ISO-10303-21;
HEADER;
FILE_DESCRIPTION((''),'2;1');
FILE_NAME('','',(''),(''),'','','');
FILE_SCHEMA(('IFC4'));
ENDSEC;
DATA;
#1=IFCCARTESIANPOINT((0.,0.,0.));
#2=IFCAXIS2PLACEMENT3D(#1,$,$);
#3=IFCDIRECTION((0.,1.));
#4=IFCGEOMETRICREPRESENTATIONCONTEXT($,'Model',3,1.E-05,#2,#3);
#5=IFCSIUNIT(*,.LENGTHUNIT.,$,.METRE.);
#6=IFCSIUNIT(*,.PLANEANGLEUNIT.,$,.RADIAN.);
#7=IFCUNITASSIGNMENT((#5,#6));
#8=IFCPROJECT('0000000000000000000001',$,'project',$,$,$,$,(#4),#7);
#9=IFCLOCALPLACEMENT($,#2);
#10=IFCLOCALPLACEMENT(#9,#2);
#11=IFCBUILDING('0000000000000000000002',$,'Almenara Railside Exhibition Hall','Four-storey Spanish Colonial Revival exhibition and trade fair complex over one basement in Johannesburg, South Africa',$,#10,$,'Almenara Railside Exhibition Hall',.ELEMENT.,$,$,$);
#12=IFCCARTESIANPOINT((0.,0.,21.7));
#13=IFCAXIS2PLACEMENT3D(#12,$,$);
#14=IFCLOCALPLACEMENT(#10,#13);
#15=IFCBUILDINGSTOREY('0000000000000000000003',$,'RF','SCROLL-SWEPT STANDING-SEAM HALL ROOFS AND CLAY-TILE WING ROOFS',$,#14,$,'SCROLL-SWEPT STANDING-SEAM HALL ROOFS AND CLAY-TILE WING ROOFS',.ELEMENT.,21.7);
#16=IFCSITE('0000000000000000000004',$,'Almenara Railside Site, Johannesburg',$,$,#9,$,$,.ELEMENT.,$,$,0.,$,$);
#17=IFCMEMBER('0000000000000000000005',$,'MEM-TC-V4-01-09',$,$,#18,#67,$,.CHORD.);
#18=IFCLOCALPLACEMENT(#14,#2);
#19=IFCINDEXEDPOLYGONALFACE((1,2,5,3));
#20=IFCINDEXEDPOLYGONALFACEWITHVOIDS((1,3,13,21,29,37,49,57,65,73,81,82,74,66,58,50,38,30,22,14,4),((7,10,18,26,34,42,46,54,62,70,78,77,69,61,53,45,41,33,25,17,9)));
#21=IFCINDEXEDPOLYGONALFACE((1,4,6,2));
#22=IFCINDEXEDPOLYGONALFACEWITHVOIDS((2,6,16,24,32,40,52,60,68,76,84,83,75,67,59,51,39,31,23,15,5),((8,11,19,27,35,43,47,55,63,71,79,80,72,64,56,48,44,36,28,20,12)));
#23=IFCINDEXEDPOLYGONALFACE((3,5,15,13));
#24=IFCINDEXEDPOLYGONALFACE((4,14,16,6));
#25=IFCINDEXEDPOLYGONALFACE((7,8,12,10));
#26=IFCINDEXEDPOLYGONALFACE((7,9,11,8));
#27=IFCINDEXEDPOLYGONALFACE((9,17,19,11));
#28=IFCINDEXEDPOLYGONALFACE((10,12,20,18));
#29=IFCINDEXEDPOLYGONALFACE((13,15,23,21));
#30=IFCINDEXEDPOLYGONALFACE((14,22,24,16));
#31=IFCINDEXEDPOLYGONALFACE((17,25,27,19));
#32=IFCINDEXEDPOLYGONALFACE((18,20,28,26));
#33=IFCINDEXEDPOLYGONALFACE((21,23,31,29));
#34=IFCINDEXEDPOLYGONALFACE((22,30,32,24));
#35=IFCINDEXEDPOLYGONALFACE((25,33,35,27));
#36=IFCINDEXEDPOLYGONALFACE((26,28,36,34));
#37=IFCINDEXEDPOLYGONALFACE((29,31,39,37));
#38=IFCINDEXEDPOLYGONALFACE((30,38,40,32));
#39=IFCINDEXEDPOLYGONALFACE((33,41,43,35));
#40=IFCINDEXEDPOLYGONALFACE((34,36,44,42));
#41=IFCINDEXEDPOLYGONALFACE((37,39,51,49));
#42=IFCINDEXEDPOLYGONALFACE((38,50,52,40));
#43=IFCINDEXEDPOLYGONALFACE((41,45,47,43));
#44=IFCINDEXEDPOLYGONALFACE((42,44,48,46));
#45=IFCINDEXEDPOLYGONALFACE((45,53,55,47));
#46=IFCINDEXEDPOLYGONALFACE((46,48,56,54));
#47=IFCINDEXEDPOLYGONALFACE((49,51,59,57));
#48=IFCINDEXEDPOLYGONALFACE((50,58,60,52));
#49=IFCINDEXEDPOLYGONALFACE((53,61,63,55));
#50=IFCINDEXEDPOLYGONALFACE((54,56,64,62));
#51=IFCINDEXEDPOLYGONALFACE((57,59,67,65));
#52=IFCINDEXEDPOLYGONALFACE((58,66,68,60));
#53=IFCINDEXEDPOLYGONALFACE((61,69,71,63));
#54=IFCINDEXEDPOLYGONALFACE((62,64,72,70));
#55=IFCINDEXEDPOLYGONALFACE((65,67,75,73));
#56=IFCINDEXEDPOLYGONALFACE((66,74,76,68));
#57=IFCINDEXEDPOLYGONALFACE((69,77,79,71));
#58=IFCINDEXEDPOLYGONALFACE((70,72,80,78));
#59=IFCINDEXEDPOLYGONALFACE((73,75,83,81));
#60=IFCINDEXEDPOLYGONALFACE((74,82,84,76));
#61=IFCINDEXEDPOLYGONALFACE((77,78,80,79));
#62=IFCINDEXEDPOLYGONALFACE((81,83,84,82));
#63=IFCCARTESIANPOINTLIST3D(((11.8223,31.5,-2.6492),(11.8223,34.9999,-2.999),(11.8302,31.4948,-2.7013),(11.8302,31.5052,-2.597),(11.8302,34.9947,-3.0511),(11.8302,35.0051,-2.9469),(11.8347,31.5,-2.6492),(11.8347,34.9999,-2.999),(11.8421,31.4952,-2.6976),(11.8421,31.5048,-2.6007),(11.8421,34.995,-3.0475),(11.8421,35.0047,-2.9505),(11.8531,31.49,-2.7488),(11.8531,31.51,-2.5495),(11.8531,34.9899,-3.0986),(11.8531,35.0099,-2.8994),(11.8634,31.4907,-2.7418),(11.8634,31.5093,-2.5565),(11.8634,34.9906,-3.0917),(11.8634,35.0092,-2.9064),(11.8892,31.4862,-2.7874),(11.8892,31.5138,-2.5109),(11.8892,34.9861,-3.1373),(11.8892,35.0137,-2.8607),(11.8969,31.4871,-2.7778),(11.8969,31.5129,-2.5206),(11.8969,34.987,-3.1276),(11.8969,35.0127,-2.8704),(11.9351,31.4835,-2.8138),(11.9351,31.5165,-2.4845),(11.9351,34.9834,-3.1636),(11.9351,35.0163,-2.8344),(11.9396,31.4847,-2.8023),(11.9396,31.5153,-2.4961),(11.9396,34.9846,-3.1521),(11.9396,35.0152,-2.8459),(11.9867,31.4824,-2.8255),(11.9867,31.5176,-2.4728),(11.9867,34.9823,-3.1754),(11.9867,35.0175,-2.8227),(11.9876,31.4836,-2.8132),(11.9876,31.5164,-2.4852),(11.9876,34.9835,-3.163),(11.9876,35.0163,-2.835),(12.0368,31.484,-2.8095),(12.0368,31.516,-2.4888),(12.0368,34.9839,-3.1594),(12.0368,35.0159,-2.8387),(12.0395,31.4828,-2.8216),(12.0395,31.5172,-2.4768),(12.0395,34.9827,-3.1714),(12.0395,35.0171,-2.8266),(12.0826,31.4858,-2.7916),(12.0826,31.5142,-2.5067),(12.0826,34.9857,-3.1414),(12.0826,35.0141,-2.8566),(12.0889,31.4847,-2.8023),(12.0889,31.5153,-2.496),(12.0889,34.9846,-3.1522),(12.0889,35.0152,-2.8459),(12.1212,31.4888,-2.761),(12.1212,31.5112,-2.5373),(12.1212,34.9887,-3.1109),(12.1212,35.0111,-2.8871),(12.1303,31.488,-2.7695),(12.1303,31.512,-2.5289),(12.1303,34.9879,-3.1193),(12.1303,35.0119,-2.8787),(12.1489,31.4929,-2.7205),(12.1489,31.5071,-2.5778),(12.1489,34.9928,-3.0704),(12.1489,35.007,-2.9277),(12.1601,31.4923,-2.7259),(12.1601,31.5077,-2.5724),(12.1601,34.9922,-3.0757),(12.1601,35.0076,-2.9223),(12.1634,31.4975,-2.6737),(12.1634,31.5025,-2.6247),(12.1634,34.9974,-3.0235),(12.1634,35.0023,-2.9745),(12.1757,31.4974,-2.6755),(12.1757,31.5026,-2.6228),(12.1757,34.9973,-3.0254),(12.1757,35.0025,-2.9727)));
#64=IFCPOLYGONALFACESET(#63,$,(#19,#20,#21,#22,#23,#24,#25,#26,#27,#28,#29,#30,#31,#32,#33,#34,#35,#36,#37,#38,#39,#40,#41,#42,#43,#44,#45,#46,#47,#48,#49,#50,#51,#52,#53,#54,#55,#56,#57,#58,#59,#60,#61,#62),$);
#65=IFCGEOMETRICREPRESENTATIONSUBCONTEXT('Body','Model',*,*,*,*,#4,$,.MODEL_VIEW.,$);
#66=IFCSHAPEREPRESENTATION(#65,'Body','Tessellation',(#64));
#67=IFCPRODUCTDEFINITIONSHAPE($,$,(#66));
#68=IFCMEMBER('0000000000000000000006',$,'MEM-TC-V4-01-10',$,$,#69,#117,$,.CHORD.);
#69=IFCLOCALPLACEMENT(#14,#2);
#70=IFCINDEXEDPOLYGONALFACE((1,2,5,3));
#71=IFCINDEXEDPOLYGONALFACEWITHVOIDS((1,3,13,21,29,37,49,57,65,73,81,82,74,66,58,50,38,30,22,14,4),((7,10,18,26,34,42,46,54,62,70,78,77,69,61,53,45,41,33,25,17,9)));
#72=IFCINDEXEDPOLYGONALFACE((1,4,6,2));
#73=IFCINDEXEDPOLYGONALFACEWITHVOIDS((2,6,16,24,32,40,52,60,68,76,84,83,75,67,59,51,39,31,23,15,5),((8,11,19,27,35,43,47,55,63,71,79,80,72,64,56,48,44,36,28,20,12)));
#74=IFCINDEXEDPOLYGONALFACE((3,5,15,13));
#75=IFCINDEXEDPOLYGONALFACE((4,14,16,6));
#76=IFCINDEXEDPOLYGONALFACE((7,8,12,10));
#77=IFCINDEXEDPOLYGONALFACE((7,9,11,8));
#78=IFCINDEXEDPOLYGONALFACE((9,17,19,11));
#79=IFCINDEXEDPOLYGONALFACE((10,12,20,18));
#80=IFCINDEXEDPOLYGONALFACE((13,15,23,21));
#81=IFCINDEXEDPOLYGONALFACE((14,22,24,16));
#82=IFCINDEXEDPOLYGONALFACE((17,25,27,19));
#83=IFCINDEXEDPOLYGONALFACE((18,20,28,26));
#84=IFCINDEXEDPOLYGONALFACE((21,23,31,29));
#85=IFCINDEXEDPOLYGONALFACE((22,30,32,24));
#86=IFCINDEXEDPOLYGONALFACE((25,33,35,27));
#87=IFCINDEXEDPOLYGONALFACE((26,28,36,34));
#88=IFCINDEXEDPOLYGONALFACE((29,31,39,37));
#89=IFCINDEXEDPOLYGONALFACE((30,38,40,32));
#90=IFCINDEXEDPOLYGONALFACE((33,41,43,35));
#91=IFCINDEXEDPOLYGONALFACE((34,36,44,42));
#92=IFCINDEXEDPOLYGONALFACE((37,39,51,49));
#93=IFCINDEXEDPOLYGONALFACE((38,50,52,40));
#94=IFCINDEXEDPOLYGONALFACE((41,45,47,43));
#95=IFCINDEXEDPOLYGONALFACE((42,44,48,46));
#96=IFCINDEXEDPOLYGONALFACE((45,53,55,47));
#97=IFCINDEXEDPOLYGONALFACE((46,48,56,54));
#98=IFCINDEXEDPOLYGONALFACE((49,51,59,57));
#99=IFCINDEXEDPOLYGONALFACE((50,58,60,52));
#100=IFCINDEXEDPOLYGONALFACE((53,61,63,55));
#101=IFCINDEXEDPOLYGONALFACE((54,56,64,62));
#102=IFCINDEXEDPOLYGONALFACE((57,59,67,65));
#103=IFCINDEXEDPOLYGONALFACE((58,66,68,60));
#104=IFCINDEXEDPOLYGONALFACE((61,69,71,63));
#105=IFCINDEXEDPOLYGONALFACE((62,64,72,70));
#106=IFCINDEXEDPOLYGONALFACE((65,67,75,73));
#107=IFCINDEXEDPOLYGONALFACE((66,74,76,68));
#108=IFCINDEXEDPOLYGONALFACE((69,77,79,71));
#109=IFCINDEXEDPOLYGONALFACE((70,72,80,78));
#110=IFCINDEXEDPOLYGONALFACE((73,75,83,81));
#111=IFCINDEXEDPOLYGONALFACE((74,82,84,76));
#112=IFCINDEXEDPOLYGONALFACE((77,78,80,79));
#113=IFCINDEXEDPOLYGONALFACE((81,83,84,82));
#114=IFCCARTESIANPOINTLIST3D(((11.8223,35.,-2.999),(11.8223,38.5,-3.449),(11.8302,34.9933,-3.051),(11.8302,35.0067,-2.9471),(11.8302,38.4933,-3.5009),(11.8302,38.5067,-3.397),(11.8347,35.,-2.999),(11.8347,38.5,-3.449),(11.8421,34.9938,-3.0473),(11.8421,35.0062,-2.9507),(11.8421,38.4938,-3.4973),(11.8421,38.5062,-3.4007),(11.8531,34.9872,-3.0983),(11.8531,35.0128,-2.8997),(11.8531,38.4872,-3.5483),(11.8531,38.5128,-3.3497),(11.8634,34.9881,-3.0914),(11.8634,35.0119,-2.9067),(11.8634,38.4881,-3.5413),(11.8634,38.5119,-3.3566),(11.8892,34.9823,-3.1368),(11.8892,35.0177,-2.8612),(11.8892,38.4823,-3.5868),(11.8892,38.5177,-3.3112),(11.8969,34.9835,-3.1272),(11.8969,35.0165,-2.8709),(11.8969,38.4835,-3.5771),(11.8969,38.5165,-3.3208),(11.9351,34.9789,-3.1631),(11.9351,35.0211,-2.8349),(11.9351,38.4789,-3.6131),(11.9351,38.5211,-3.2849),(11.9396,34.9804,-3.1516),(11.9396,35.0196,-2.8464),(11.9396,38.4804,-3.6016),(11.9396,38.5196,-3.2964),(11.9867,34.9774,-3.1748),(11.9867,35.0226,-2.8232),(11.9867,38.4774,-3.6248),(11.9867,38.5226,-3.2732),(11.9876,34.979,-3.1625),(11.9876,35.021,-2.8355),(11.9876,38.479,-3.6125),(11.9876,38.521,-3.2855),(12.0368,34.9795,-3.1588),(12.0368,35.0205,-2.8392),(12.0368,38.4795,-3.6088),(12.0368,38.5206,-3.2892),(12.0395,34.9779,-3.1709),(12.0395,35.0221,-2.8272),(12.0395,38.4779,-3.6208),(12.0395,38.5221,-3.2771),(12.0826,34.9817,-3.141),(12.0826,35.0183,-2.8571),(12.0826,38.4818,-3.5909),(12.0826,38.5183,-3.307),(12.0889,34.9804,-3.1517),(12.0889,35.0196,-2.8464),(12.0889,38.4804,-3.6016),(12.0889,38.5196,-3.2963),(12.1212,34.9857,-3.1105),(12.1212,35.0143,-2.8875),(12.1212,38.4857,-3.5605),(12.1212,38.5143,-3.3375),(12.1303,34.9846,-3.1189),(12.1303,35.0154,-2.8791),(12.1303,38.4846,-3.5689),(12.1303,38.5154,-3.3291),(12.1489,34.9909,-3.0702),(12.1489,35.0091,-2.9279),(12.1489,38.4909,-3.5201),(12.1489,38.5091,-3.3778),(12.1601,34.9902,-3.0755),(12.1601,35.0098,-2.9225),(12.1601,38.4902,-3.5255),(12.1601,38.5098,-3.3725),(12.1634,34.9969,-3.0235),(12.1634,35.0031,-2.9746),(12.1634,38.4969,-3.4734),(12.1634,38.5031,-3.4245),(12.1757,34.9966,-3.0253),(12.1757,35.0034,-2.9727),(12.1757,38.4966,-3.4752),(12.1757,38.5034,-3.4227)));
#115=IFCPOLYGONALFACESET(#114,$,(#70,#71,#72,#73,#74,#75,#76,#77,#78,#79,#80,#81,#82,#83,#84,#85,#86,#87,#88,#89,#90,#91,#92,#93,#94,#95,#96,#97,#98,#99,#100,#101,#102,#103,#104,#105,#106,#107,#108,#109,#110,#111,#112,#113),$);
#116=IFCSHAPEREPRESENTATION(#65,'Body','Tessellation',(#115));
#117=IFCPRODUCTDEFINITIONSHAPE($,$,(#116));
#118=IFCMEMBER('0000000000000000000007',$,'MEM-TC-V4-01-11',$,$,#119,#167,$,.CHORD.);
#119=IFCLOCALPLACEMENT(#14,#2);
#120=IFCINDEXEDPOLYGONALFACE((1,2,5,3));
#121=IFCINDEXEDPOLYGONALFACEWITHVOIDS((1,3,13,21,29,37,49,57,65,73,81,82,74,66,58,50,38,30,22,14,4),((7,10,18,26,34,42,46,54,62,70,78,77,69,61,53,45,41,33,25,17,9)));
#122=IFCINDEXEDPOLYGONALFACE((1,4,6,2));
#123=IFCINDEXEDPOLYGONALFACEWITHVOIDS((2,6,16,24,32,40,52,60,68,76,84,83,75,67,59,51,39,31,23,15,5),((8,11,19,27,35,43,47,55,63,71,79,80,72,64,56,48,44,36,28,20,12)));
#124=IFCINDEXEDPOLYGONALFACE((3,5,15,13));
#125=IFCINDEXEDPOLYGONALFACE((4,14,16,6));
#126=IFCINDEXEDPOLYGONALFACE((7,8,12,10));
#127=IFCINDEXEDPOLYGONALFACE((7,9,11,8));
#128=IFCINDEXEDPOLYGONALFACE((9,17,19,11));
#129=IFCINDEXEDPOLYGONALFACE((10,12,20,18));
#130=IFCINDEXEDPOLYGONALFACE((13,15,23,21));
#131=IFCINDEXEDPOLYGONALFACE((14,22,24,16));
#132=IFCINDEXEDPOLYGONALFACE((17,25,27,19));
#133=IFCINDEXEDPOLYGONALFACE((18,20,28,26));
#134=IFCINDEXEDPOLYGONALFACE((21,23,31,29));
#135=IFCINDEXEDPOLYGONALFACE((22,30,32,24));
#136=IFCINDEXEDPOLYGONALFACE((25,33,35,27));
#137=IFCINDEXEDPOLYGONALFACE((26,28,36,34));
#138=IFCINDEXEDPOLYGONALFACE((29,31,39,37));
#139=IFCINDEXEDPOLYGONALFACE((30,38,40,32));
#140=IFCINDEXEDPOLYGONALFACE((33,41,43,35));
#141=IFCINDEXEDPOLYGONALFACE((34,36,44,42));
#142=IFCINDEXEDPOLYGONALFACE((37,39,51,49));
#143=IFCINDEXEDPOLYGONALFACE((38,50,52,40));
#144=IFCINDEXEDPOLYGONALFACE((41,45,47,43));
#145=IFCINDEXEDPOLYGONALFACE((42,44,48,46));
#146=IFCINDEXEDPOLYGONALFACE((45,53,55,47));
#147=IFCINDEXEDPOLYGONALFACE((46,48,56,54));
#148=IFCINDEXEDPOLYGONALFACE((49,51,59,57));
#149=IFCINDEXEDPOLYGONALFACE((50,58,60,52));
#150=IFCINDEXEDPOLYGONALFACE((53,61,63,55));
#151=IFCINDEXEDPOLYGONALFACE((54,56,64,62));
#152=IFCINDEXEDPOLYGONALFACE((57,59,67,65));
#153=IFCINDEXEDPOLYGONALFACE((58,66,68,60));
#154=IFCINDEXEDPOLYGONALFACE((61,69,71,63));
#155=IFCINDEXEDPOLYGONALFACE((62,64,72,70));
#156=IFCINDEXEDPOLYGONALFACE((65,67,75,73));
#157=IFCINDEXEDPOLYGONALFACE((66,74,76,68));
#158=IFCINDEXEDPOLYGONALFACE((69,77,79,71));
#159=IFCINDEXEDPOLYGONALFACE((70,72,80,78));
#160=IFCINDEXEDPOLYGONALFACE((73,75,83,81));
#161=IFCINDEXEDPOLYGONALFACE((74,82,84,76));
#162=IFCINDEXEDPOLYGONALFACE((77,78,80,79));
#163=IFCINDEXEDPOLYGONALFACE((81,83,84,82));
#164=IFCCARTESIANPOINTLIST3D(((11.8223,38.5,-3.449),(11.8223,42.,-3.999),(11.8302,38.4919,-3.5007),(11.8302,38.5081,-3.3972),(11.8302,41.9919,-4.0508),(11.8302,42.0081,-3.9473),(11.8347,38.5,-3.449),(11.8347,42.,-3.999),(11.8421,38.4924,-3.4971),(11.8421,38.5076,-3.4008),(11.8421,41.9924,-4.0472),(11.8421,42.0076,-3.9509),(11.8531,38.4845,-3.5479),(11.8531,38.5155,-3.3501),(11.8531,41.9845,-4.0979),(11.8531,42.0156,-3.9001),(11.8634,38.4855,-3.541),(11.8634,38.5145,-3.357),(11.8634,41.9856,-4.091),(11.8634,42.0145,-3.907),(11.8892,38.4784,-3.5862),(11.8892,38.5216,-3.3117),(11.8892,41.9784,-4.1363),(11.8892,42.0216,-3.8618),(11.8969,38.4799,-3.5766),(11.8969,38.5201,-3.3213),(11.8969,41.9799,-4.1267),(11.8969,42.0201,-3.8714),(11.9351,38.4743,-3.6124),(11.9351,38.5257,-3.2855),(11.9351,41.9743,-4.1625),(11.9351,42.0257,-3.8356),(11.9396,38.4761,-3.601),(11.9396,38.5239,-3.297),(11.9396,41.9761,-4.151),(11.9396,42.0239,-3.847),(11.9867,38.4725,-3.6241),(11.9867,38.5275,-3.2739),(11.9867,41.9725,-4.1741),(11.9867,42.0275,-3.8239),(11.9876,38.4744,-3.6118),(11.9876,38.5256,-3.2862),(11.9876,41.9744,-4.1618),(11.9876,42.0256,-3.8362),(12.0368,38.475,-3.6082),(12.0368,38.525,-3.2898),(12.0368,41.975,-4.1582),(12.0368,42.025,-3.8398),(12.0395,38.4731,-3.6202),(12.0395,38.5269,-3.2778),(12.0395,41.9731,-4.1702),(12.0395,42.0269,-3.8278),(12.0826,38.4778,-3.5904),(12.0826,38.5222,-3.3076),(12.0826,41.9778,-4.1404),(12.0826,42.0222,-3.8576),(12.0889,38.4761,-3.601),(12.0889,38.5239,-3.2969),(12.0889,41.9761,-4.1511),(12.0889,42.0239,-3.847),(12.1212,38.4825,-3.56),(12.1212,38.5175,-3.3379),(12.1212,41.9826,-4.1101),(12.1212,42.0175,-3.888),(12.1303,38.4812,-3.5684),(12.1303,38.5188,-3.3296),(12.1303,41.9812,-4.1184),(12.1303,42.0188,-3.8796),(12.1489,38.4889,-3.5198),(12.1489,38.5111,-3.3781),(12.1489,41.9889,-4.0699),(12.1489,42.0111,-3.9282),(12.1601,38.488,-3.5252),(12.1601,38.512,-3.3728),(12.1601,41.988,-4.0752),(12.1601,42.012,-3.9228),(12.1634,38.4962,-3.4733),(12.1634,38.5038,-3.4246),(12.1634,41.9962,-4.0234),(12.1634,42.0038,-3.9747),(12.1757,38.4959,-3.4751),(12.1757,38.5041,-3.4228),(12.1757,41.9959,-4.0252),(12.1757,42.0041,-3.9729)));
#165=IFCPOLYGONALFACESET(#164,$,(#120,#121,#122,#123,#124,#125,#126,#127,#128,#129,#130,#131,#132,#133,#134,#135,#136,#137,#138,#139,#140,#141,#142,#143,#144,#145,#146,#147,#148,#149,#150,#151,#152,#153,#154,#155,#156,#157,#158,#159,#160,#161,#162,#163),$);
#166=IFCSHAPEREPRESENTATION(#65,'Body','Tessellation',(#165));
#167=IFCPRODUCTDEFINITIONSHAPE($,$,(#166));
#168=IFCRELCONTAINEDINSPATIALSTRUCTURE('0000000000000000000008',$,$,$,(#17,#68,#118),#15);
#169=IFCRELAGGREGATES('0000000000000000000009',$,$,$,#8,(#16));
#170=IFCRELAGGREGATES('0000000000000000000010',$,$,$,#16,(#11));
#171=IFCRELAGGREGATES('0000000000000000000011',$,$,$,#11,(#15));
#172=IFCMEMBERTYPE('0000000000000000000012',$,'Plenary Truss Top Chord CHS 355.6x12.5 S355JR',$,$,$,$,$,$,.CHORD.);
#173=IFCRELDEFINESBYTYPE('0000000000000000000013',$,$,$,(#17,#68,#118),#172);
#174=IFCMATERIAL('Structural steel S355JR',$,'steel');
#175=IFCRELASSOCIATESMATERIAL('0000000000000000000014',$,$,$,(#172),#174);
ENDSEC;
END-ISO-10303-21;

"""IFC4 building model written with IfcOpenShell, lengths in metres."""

from ifc_helpers import new_model, si_unit, direction, frame, origin, origin_2d, place, context, subcontext, project, spatial, hollow_circle, extrude, material, material_profile, profile_set, type_object, element, save


model = new_model("IFC4")

# Units and contexts
model_context = context("Model", 3, precision=1e-05, world=origin(), true_north=direction((0.0, 1.0)))
body_context = subcontext(model_context, "Body", "Model", "MODEL_VIEW")
ifc_project = project(units=[si_unit("LENGTHUNIT", "METRE"), si_unit("PLANEANGLEUNIT", "RADIAN")], contexts=[model_context])

# Site, building, storey
site_placement = place(None, origin())
site = spatial("IfcSite", under=ifc_project, at=site_placement, Name="Almenara Railside Site, Johannesburg", CompositionType="ELEMENT", RefElevation=0.0)
building_placement = place(site_placement, origin())
building = spatial("IfcBuilding", under=site, at=building_placement, Name="Almenara Railside Exhibition Hall", Description="Four-storey Spanish Colonial Revival exhibition and trade fair complex over one basement in Johannesburg, South Africa", LongName="Almenara Railside Exhibition Hall", CompositionType="ELEMENT")
storey_placement = place(building_placement, frame((0.0, 0.0, 21.7)))
storey = spatial("IfcBuildingStorey", under=building, at=storey_placement, Name="RF", Description="SCROLL-SWEPT STANDING-SEAM HALL ROOFS AND CLAY-TILE WING ROOFS", LongName="SCROLL-SWEPT STANDING-SEAM HALL ROOFS AND CLAY-TILE WING ROOFS", CompositionType="ELEMENT", Elevation=21.7)

# Shared definitions
ifc_material_1 = material(Name="Structural steel S355JR", Category="steel")

# Members
ifc_material_profile_1 = material_profile(ifc_material_1, hollow_circle(Radius=0.1777, WallThickness=0.0125, at=origin_2d()), Name="CHS 355.6x12.5")
ifc_profile_set_1 = profile_set([ifc_material_profile_1], Name="Structural steel S355JR")
member_type_1 = type_object("IfcMemberType", Name="Plenary Truss Top Chord CHS 355.6x12.5 S355JR", PredefinedType="CHORD", material=ifc_profile_set_1)
member_1_placement = place(storey_placement, frame((12.0, 31.5, -2.6492), z_axis=(0.0, 0.995041, -0.099462), x_axis=(-1.0, 0.0, 0.0)))
element("IfcMember", 1, at=member_1_placement, inside=storey, type_object=member_type_1, Name="MEM-TC-V4-01-09", PredefinedType="CHORD", context=body_context, shape_type="SweptSolid", body=[
    extrude(hollow_circle(Radius=0.1777, WallThickness=0.0125, at=origin_2d()), origin(), (0.0, 0.0, 1.0), 3.5173),
])
member_2_placement = place(storey_placement, frame((12.0, 35.0, -2.999), z_axis=(0.0, 0.991838, -0.127508), x_axis=(-1.0, 0.0, 0.0)))
element("IfcMember", 2, at=member_2_placement, inside=storey, type_object=member_type_1, Name="MEM-TC-V4-01-10", PredefinedType="CHORD", context=body_context, shape_type="SweptSolid", body=[
    extrude(hollow_circle(Radius=0.1777, WallThickness=0.0125, at=origin_2d()), origin(), (0.0, 0.0, 1.0), 3.5288),
])
member_3_placement = place(storey_placement, frame((12.0, 38.5, -3.449), z_axis=(0.0, 0.987875, -0.155251), x_axis=(-1.0, 0.0, 0.0)))
element("IfcMember", 3, at=member_3_placement, inside=storey, type_object=member_type_1, Name="MEM-TC-V4-01-11", PredefinedType="CHORD", context=body_context, shape_type="SweptSolid", body=[
    extrude(hollow_circle(Radius=0.1777, WallThickness=0.0125, at=origin_2d()), origin(), (0.0, 0.0, 1.0), 3.543),
])

save(model, "model.ifc")
